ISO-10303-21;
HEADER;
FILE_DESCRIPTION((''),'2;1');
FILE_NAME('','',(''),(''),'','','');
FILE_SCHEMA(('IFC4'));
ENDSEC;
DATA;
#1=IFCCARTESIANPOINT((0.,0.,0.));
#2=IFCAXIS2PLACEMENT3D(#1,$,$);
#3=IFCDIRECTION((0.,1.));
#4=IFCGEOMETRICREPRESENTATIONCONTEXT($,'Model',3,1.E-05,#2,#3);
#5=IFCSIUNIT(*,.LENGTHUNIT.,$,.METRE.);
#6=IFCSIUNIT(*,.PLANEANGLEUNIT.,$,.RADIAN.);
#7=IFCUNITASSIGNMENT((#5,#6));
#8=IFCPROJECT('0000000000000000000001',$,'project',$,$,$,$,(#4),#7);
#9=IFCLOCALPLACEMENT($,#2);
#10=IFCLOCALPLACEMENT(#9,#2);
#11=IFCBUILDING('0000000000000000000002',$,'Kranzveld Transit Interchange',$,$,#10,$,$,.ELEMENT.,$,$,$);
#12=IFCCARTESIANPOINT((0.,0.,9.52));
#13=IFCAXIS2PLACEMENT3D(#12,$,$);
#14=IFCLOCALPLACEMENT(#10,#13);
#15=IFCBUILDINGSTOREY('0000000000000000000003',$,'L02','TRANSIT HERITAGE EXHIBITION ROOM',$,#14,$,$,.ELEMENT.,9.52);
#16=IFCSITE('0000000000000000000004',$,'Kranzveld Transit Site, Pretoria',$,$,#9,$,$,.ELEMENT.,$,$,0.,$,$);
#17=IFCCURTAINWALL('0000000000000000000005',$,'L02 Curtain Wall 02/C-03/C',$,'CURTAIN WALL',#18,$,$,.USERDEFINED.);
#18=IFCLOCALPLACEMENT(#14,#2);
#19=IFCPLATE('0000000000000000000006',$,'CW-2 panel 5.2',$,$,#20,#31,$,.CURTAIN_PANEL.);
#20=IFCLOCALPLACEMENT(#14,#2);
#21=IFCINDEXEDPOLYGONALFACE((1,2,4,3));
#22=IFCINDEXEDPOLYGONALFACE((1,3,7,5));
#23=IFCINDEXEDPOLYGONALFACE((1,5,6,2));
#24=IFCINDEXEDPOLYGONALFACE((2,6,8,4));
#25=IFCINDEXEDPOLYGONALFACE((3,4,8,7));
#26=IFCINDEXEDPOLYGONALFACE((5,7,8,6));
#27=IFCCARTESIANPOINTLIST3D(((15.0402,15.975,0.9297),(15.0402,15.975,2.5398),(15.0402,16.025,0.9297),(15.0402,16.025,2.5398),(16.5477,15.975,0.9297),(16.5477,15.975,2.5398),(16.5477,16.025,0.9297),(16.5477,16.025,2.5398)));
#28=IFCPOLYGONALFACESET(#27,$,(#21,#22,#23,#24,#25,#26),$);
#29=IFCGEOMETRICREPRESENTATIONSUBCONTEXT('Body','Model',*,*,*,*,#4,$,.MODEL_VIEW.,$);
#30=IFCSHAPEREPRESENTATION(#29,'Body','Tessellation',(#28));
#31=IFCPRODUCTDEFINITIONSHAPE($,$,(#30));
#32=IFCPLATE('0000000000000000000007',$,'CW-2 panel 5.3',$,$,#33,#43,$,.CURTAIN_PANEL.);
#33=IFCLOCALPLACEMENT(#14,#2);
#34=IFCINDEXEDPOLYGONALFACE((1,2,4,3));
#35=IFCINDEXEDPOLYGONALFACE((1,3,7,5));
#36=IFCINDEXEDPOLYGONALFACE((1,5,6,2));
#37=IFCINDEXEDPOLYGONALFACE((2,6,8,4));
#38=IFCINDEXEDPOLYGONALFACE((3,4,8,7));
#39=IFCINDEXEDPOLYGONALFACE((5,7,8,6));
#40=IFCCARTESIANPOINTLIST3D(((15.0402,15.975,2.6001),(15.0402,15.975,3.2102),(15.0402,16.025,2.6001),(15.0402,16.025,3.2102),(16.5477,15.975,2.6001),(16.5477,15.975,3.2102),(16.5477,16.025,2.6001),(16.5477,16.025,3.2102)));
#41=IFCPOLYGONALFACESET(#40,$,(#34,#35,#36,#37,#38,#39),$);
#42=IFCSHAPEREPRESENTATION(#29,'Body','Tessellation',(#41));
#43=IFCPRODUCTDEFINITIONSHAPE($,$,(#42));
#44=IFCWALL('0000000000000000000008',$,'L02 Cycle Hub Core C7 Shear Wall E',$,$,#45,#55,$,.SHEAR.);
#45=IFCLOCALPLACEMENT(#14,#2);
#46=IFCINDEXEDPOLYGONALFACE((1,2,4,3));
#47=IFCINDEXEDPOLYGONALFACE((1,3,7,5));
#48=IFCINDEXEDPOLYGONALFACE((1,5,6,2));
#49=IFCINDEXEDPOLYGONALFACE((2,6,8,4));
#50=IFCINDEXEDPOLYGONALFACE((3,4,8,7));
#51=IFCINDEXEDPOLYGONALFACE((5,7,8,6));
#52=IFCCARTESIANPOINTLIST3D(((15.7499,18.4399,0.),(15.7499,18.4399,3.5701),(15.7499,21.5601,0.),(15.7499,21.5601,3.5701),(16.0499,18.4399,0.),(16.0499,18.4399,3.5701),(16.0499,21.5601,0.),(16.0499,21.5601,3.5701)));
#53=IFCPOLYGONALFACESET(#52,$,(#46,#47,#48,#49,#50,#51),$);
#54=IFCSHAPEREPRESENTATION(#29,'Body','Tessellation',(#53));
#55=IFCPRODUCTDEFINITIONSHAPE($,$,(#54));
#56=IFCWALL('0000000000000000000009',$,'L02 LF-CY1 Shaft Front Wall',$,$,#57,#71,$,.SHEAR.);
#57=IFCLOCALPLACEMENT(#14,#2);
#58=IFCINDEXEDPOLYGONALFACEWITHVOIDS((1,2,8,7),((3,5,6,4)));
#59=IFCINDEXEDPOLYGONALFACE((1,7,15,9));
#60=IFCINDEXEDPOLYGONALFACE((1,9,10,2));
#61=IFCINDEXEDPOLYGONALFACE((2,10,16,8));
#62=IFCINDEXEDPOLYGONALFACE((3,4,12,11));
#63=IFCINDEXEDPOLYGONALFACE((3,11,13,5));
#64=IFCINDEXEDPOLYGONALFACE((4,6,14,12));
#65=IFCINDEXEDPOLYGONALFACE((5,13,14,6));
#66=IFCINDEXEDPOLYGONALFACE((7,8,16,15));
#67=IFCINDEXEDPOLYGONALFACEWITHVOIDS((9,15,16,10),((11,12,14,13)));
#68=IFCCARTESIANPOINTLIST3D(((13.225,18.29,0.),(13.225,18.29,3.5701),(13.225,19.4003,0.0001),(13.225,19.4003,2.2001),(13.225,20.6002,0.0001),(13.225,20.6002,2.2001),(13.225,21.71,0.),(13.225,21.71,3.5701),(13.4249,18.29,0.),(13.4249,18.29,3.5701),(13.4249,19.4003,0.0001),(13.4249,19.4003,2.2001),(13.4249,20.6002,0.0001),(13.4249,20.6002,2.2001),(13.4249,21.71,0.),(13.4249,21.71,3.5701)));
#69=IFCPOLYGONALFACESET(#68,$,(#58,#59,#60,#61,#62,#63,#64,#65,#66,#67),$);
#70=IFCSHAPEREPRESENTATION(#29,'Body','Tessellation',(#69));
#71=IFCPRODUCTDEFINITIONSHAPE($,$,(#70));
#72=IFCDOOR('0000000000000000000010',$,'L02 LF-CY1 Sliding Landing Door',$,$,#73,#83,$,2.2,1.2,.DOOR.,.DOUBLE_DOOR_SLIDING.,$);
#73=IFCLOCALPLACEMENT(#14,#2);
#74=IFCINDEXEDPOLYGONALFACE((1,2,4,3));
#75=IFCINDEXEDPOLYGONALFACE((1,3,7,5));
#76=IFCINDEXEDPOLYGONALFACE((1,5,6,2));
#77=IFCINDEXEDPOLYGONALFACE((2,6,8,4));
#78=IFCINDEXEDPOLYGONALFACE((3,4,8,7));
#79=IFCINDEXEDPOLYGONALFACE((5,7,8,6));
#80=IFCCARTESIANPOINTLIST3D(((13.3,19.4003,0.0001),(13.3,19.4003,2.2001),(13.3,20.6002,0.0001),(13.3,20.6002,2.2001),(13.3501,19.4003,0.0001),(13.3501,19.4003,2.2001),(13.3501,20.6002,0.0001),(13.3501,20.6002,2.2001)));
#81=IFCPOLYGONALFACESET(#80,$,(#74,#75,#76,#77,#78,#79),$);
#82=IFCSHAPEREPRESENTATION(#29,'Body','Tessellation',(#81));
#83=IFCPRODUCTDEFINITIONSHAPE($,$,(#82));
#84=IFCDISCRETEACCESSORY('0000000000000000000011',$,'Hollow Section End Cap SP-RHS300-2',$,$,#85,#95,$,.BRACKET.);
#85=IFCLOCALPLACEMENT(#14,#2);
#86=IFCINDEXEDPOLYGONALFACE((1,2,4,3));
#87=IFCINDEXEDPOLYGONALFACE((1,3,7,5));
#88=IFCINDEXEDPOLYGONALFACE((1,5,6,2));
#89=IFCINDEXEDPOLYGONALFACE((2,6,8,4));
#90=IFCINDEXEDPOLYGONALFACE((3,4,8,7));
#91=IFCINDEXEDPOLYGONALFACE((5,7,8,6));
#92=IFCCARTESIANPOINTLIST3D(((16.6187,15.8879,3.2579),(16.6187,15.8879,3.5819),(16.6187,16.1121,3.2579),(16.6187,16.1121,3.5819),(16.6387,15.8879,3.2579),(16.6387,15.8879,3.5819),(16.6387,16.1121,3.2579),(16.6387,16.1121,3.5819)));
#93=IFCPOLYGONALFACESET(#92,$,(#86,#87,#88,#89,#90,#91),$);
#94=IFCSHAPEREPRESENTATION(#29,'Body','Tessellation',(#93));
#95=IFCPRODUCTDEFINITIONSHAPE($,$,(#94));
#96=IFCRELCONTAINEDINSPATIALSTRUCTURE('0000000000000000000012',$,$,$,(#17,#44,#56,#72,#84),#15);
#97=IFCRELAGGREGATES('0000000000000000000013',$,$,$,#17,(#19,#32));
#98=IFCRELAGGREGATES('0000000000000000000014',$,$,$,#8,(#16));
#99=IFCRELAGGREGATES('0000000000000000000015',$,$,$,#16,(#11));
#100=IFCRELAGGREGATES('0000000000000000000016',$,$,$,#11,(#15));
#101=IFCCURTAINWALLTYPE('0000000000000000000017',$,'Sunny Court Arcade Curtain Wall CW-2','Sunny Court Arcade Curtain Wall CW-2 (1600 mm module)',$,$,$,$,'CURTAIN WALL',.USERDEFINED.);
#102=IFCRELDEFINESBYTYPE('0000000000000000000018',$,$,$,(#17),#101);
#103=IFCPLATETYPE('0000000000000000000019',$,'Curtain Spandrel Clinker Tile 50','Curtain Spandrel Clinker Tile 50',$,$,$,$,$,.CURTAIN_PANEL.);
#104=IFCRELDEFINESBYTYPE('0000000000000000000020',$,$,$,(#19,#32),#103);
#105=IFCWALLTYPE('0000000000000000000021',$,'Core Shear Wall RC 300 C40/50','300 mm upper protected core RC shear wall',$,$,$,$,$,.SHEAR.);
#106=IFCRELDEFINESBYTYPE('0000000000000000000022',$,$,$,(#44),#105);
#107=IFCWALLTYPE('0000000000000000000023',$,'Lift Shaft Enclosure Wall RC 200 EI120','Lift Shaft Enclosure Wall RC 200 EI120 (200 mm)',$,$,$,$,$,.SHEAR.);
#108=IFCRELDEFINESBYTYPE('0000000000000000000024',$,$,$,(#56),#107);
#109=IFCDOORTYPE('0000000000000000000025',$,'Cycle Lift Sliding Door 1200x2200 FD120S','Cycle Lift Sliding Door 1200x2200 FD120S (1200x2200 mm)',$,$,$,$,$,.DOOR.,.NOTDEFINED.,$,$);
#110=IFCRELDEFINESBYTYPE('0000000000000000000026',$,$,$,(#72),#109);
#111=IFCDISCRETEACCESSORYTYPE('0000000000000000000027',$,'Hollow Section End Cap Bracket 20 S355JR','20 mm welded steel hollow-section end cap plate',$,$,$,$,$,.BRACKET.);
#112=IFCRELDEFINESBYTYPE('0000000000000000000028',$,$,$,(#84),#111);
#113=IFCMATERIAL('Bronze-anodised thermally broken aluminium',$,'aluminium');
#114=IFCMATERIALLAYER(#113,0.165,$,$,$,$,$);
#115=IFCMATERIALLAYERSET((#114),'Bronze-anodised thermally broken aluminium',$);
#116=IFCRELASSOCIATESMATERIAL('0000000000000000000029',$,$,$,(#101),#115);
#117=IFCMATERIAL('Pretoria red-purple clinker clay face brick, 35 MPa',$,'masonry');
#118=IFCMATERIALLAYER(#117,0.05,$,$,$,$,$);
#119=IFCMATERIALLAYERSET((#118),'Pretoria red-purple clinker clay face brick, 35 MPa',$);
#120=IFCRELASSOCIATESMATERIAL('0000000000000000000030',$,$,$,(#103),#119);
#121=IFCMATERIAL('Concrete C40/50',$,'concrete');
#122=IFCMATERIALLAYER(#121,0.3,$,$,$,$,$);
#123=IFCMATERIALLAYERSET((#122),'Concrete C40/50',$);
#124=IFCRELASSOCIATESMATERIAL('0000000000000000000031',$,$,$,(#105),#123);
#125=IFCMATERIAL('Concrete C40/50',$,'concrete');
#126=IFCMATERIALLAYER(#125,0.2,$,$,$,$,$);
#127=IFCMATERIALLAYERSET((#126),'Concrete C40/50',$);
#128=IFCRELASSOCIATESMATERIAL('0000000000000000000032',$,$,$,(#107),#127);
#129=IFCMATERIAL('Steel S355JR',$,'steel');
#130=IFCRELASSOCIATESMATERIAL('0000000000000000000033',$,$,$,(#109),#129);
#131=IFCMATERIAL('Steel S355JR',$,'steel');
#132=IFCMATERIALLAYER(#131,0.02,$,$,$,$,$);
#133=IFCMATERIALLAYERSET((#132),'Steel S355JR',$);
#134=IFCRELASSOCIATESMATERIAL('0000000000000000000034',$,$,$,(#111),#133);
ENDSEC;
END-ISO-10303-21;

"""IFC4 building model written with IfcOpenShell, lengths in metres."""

from ifc_helpers import new_model, si_unit, direction, frame, frame_2d, origin, origin_2d, place, context, subcontext, project, spatial, rectangle, extrude, material, layer, layer_set, type_object, element, fill, aggregate, save


model = new_model("IFC4")

# Units and contexts
model_context = context("Model", 3, precision=1e-05, world=origin(), true_north=direction((0.0, 1.0)))
body_context = subcontext(model_context, "Body", "Model", "MODEL_VIEW")
ifc_project = project(units=[si_unit("LENGTHUNIT", "METRE"), si_unit("PLANEANGLEUNIT", "RADIAN")], contexts=[model_context])

# Site, building, storey
site_placement = place(None, origin())
site = spatial("IfcSite", under=ifc_project, at=site_placement, Name="Kranzveld Transit Site, Pretoria", CompositionType="ELEMENT", RefElevation=0.0)
building_placement = place(site_placement, origin())
building = spatial("IfcBuilding", under=site, at=building_placement, Name="Kranzveld Transit Interchange", CompositionType="ELEMENT")
storey_placement = place(building_placement, frame((0.0, 0.0, 9.52)))
storey = spatial("IfcBuildingStorey", under=building, at=storey_placement, Name="L02", Description="TRANSIT HERITAGE EXHIBITION ROOM", CompositionType="ELEMENT", Elevation=9.52)

# Curtain wall
ifc_material_1 = material(Name="Bronze-anodised thermally broken aluminium", Category="aluminium")
ifc_layer_1 = layer(ifc_material_1, 0.165)
ifc_layer_set_1 = layer_set([ifc_layer_1], Name="Bronze-anodised thermally broken aluminium")
curtain_wall_type = type_object("IfcCurtainWallType", Name="Sunny Court Arcade Curtain Wall CW-2", Description="Sunny Court Arcade Curtain Wall CW-2 (1600 mm module)", ElementType="CURTAIN WALL", PredefinedType="USERDEFINED", material=ifc_layer_set_1)
curtain_wall_placement = place(storey_placement, origin())
curtain_wall = element("IfcCurtainWall", 1, at=curtain_wall_placement, inside=storey, type_object=curtain_wall_type, Name="L02 Curtain Wall 02/C-03/C", ObjectType="CURTAIN WALL", PredefinedType="USERDEFINED")

# Plates
ifc_material_2 = material(Name="Pretoria red-purple clinker clay face brick, 35 MPa", Category="masonry")
ifc_layer_2 = layer(ifc_material_2, 0.05)
ifc_layer_set_2 = layer_set([ifc_layer_2], Name="Pretoria red-purple clinker clay face brick, 35 MPa")
plate_type = type_object("IfcPlateType", Name="Curtain Spandrel Clinker Tile 50", Description="Curtain Spandrel Clinker Tile 50", PredefinedType="CURTAIN_PANEL", material=ifc_layer_set_2)
plate_1_placement = place(storey_placement, frame((15.7939, 16.0, 0.9297), z_axis=(0.0, 0.0, 1.0), x_axis=(1.0, 0.0, 0.0)))
plate_1 = element("IfcPlate", 2, at=plate_1_placement, type_object=plate_type, Name="CW-2 panel 5.2", PredefinedType="CURTAIN_PANEL", context=body_context, shape_type="SweptSolid", body=[
    extrude(rectangle(XDim=1.5076, YDim=0.05, at=origin_2d()), origin(), (0.0, 0.0, 1.0), 1.6101),
])
plate_2_placement = place(storey_placement, frame((15.7939, 16.0, 2.6001), z_axis=(0.0, 0.0, 1.0), x_axis=(1.0, 0.0, 0.0)))
plate_2 = element("IfcPlate", 3, at=plate_2_placement, type_object=plate_type, Name="CW-2 panel 5.3", PredefinedType="CURTAIN_PANEL", context=body_context, shape_type="SweptSolid", body=[
    extrude(rectangle(XDim=1.5076, YDim=0.05, at=origin_2d()), origin(), (0.0, 0.0, 1.0), 0.6101),
])
aggregate(curtain_wall, [plate_1, plate_2])

# Wall
ifc_material_3 = material(Name="Concrete C40/50", Category="concrete")
ifc_layer_3 = layer(ifc_material_3, 0.3)
ifc_layer_set_3 = layer_set([ifc_layer_3], Name="Concrete C40/50")
wall_type_1 = type_object("IfcWallType", Name="Core Shear Wall RC 300 C40/50", Description="300 mm upper protected core RC shear wall", PredefinedType="SHEAR", material=ifc_layer_set_3)
wall_1_placement = place(storey_placement, frame((15.8999, 18.4399, 0.0), z_axis=(0.0, 0.0, 1.0), x_axis=(0.0, 1.0, 0.0)))
element("IfcWall", 4, at=wall_1_placement, inside=storey, type_object=wall_type_1, Name="L02 Cycle Hub Core C7 Shear Wall E", PredefinedType="SHEAR", context=body_context, shape_type="SweptSolid", body=[
    extrude(rectangle(XDim=3.1201, YDim=0.3, at=frame_2d((1.5601, 0.0))), origin(), (0.0, 0.0, 1.0), 3.5701),
])

# Wall, opening, door
ifc_material_4 = material(Name="Concrete C40/50", Category="concrete")
ifc_layer_4 = layer(ifc_material_4, 0.2)
ifc_layer_set_4 = layer_set([ifc_layer_4], Name="Concrete C40/50")
wall_type_2 = type_object("IfcWallType", Name="Lift Shaft Enclosure Wall RC 200 EI120", Description="Lift Shaft Enclosure Wall RC 200 EI120 (200 mm)", PredefinedType="SHEAR", material=ifc_layer_set_4)
wall_2_placement = place(storey_placement, frame((13.325, 18.29, 0.0), z_axis=(0.0, 0.0, 1.0), x_axis=(0.0, 1.0, 0.0)))
wall_2 = element("IfcWall", 5, at=wall_2_placement, inside=storey, type_object=wall_type_2, Name="L02 LF-CY1 Shaft Front Wall", PredefinedType="SHEAR", context=body_context, shape_type="SweptSolid", body=[
    extrude(rectangle(XDim=3.4199, YDim=0.2, at=frame_2d((1.71, 0.0))), origin(), (0.0, 0.0, 1.0), 3.5701),
])
opening_placement = place(wall_2_placement, frame((1.1101, 0.0, 0.0), z_axis=(0.0, 0.0, 1.0), x_axis=(1.0, 0.0, 0.0)))
opening = element("IfcOpeningElement", 6, at=opening_placement, cuts=wall_2, PredefinedType="OPENING", context=body_context, shape_type="SweptSolid", body=[
    extrude(rectangle(XDim=1.2, YDim=2.2, at=frame_2d((0.6001, 1.1001))), frame((0.0, 0.1099, 0.0), z_axis=(0.0, -1.0, 0.0), x_axis=(1.0, 0.0, 0.0)), (0.0, 0.0, 1.0), 0.22),
])
ifc_material_5 = material(Name="Steel S355JR", Category="steel")
door_type = type_object("IfcDoorType", Name="Cycle Lift Sliding Door 1200x2200 FD120S", Description="Cycle Lift Sliding Door 1200x2200 FD120S (1200x2200 mm)", OperationType="NOTDEFINED", PredefinedType="DOOR", material=ifc_material_5)
door_placement = place(opening_placement, origin())
door = element("IfcDoor", 7, at=door_placement, inside=storey, type_object=door_type, Name="L02 LF-CY1 Sliding Landing Door", OperationType="DOUBLE_DOOR_SLIDING", OverallHeight=2.2, OverallWidth=1.2, PredefinedType="DOOR", context=body_context, shape_type="SweptSolid", body=[
    extrude(rectangle(XDim=1.2, YDim=2.2, at=frame_2d((0.6001, 1.1001))), frame((0.0, 0.0249, 0.0), z_axis=(0.0, -1.0, 0.0), x_axis=(1.0, 0.0, 0.0)), (0.0, 0.0, 1.0), 0.05),
])
fill(opening, door)

# Discrete accessory
ifc_material_6 = material(Name="Steel S355JR", Category="steel")
ifc_layer_5 = layer(ifc_material_6, 0.02)
ifc_layer_set_5 = layer_set([ifc_layer_5], Name="Steel S355JR")
discrete_accessory_type = type_object("IfcDiscreteAccessoryType", Name="Hollow Section End Cap Bracket 20 S355JR", Description="20 mm welded steel hollow-section end cap plate", PredefinedType="BRACKET", material=ifc_layer_set_5)
discrete_accessory_placement = place(storey_placement, frame((16.6187, 16.0, 3.4199), z_axis=(1.0, 0.0, 0.0), x_axis=(0.0, 1.0, 0.0)))
element("IfcDiscreteAccessory", 8, at=discrete_accessory_placement, inside=storey, type_object=discrete_accessory_type, Name="Hollow Section End Cap SP-RHS300-2", PredefinedType="BRACKET", context=body_context, shape_type="SweptSolid", body=[
    extrude(rectangle(XDim=0.2241, YDim=0.324, at=origin_2d()), origin(), (0.0, 0.0, 1.0), 0.02),
])

save(model, "model.ifc")
